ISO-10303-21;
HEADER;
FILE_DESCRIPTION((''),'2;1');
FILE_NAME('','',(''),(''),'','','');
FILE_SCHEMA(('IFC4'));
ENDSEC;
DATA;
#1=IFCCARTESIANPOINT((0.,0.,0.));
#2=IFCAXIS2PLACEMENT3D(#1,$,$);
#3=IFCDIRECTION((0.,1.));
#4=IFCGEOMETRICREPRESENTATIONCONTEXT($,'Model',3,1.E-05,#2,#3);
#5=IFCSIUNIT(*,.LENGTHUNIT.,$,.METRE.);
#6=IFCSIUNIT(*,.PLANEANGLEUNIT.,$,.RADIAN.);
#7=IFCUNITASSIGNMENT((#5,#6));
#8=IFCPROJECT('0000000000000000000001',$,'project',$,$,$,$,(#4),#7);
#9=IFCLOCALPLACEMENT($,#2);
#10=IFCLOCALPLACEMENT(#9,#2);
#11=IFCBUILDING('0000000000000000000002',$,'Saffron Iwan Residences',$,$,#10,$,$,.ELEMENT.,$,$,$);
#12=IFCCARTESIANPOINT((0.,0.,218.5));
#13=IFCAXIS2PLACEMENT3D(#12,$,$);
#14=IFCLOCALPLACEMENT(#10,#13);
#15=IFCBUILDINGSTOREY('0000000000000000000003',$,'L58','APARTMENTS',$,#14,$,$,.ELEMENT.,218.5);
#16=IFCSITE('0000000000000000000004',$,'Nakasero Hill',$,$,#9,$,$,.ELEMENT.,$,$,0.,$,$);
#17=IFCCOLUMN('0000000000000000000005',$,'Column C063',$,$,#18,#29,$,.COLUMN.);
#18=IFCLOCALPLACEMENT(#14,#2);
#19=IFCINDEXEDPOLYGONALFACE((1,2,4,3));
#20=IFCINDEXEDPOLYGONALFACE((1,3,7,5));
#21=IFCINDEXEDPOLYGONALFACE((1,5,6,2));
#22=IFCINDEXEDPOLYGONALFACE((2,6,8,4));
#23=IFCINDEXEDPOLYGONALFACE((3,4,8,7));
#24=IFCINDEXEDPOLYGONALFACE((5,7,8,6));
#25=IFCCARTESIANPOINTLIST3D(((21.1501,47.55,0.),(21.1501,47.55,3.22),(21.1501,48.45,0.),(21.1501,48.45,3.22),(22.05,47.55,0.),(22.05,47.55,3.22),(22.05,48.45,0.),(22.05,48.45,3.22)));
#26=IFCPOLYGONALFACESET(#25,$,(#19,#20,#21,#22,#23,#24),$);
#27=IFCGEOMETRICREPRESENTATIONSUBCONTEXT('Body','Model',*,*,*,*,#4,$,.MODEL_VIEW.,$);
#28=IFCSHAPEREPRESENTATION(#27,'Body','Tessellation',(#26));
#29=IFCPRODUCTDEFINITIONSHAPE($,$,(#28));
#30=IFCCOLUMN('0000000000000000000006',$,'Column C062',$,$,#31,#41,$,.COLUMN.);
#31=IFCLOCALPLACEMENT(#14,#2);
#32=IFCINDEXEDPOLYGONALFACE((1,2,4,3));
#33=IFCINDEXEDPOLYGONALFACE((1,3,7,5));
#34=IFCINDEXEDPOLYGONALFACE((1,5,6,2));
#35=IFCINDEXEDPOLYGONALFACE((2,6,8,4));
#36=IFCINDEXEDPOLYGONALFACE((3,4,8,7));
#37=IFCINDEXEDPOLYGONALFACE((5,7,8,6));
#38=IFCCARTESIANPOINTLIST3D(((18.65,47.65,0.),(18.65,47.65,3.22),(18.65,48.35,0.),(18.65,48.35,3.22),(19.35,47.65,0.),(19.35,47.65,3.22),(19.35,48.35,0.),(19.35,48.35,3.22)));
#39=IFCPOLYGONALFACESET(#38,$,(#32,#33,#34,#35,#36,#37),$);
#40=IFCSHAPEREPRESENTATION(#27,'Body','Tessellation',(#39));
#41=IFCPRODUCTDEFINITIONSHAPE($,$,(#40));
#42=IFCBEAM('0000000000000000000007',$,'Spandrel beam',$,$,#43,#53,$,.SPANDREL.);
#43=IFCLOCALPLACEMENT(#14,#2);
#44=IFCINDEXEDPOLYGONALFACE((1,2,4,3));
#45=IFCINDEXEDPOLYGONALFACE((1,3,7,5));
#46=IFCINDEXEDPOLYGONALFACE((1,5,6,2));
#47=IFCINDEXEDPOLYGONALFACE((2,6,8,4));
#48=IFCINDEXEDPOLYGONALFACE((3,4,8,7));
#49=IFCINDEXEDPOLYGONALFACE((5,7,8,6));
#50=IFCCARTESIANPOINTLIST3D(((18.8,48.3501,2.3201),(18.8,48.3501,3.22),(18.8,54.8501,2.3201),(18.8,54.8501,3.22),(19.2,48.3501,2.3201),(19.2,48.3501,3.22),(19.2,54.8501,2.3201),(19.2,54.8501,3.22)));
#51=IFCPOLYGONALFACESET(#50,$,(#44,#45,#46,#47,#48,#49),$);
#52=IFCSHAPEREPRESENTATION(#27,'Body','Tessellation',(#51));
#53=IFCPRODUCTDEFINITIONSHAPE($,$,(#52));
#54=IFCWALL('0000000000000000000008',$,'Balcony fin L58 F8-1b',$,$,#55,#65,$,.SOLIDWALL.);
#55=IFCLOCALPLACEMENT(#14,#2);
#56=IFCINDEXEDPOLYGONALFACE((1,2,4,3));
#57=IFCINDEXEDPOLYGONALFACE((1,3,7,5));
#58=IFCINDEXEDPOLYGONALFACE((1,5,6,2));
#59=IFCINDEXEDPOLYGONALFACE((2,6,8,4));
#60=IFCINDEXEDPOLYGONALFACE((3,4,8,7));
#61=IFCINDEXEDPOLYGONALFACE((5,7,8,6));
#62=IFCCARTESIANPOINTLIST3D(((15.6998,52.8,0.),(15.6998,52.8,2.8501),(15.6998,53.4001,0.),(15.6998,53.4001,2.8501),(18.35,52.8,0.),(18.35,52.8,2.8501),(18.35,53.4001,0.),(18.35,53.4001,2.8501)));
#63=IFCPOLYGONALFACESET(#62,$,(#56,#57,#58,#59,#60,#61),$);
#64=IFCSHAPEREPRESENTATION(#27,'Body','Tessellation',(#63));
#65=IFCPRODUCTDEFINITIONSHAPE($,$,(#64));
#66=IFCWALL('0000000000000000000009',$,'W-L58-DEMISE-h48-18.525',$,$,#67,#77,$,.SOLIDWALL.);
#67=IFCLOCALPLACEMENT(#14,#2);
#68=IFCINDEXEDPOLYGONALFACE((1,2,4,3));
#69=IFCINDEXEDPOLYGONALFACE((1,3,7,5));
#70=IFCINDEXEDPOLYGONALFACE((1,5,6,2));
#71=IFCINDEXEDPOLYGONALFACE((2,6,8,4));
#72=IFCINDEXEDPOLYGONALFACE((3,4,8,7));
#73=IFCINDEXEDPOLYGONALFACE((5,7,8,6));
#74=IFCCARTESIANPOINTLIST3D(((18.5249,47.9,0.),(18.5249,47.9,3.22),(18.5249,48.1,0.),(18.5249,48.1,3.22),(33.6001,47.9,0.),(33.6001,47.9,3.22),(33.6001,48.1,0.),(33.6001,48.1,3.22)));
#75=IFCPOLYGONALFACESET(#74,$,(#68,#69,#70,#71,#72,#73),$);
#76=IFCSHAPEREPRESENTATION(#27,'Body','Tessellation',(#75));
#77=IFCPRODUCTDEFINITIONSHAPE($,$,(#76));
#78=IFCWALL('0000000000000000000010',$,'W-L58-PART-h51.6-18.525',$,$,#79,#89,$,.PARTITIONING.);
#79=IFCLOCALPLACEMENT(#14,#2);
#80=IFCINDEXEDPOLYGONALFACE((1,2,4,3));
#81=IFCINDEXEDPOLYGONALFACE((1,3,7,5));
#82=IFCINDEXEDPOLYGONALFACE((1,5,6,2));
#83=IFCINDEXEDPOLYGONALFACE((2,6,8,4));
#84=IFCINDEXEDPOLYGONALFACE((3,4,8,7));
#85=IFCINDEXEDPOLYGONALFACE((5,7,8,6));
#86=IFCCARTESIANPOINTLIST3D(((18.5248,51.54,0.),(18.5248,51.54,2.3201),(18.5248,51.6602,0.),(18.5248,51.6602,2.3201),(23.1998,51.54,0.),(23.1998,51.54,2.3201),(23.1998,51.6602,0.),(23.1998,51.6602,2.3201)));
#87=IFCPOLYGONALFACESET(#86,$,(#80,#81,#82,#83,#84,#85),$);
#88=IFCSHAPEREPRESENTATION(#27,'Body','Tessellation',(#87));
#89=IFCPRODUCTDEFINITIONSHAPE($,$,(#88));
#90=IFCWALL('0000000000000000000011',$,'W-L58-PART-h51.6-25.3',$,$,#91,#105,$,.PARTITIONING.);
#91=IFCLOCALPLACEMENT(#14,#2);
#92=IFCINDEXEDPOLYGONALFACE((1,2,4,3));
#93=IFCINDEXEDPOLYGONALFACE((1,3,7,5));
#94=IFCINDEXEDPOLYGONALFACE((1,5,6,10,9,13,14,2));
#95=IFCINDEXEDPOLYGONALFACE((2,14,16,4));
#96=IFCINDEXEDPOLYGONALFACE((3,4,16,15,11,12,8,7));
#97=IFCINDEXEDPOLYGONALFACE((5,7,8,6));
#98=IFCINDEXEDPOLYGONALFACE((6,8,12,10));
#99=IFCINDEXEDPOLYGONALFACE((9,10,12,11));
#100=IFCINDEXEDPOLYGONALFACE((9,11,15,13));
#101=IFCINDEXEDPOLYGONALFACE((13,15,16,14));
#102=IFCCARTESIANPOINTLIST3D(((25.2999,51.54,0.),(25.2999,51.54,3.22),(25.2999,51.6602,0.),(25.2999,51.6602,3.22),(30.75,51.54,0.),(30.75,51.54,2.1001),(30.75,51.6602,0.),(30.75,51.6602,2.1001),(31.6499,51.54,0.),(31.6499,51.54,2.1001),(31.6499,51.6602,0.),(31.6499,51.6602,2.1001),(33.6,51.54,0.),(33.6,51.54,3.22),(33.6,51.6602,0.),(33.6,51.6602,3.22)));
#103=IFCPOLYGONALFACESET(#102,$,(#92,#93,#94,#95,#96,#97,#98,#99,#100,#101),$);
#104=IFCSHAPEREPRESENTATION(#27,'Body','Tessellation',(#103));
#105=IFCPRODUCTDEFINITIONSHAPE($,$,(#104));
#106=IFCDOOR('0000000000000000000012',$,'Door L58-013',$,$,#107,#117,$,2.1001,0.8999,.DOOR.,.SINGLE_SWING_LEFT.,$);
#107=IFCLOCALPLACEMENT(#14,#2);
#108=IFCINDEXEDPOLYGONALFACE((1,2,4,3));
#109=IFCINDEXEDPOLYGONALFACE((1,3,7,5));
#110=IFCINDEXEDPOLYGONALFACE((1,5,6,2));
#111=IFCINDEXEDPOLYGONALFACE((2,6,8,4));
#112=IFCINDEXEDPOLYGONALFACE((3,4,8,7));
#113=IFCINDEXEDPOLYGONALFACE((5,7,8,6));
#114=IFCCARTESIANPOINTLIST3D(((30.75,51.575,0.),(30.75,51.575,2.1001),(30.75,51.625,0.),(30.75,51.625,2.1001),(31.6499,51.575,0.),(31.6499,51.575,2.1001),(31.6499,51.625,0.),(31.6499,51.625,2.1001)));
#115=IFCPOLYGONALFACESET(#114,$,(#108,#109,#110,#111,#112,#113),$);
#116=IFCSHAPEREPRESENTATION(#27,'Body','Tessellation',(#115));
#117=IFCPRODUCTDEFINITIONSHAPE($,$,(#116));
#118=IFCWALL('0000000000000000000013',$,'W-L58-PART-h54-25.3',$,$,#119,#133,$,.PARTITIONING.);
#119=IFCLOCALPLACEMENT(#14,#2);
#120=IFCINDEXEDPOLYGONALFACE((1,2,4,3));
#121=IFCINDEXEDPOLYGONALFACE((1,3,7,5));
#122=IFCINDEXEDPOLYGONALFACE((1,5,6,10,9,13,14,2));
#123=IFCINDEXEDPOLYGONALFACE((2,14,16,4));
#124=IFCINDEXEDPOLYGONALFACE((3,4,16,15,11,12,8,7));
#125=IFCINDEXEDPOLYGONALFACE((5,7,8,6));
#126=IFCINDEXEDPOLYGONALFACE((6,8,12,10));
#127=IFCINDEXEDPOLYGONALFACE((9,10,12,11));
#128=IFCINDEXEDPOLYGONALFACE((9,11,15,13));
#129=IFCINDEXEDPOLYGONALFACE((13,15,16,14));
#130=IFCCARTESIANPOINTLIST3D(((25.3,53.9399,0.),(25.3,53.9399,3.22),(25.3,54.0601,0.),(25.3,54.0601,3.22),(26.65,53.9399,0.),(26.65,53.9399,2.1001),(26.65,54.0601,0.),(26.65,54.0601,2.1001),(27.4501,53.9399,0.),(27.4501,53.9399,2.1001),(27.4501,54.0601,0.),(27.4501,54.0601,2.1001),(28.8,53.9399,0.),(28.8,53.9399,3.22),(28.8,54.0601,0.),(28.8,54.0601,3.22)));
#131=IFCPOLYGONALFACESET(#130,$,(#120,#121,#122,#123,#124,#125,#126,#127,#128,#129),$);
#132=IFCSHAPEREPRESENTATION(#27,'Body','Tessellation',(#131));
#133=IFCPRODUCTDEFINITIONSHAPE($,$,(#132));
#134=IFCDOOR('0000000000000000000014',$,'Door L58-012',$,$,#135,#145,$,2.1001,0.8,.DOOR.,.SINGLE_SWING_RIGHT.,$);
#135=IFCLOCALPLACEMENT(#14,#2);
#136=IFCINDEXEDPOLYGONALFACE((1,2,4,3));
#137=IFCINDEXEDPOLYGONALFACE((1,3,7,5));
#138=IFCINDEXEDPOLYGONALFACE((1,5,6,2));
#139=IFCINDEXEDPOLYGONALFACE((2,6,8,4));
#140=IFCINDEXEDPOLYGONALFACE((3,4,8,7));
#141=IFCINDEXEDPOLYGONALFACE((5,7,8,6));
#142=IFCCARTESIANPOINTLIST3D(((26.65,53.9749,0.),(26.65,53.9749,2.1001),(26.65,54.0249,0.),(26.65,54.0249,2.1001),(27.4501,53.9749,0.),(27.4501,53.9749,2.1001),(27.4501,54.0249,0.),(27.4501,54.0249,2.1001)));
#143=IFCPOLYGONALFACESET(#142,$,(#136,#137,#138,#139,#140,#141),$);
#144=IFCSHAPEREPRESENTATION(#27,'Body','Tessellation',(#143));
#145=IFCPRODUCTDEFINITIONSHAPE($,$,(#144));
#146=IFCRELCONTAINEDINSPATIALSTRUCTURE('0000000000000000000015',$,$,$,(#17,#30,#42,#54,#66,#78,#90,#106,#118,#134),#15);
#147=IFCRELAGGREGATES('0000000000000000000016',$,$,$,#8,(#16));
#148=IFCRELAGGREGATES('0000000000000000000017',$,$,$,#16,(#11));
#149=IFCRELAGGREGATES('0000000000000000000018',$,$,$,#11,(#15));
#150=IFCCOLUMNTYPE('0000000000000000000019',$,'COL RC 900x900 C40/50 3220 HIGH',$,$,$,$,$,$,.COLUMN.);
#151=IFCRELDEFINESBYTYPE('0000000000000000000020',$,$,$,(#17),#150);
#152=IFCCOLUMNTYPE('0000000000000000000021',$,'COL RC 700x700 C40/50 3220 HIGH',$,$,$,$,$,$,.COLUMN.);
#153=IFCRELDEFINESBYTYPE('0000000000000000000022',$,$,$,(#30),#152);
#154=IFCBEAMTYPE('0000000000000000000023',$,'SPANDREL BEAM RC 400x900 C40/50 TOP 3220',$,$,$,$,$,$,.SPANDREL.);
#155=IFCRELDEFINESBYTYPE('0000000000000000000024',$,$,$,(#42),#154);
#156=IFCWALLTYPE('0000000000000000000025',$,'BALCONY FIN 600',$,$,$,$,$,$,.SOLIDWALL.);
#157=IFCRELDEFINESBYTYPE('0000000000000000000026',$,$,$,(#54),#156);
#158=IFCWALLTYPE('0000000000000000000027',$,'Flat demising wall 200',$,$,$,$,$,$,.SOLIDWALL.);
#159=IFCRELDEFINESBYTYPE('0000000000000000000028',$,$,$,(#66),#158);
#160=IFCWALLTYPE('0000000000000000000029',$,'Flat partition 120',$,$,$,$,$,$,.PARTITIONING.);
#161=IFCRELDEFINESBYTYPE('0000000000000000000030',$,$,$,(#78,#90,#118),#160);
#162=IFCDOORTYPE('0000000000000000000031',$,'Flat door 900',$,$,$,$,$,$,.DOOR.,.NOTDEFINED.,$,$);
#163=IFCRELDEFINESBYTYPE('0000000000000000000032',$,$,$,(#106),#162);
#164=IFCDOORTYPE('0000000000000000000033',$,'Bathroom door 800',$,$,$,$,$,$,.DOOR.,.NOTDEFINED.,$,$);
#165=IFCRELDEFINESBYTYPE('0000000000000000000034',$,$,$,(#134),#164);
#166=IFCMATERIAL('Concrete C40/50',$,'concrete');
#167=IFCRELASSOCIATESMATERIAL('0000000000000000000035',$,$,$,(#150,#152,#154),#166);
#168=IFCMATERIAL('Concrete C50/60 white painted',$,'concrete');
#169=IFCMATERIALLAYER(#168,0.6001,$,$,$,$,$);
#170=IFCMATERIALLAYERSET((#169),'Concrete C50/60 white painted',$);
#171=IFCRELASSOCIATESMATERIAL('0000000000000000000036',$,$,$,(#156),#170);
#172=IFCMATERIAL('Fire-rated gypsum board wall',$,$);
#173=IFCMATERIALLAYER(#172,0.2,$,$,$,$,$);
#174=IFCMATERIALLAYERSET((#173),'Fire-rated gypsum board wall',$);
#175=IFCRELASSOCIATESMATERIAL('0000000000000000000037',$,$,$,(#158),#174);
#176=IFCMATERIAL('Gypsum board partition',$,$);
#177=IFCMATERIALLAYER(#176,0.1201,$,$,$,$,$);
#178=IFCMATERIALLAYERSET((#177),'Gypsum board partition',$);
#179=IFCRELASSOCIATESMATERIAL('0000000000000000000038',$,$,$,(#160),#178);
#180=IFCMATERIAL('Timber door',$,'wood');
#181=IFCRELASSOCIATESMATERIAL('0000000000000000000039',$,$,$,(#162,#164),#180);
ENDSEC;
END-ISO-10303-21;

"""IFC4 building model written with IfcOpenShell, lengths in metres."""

from ifc_helpers import new_model, si_unit, direction, frame, frame_2d, origin, origin_2d, place, context, subcontext, project, spatial, rectangle, extrude, source, transform, mapped, material, layer, layer_set, material_profile, profile_set, type_object, element, fill, save


model = new_model("IFC4")

# Units and contexts
model_context = context("Model", 3, precision=1e-05, world=origin(), true_north=direction((0.0, 1.0)))
body_context = subcontext(model_context, "Body", "Model", "MODEL_VIEW")
ifc_project = project(units=[si_unit("LENGTHUNIT", "METRE"), si_unit("PLANEANGLEUNIT", "RADIAN")], contexts=[model_context])

# Site, building, storey
site_placement = place(None, origin())
site = spatial("IfcSite", under=ifc_project, at=site_placement, Name="Nakasero Hill", CompositionType="ELEMENT", RefElevation=0.0)
building_placement = place(site_placement, origin())
building = spatial("IfcBuilding", under=site, at=building_placement, Name="Saffron Iwan Residences", CompositionType="ELEMENT")
storey_placement = place(building_placement, frame((0.0, 0.0, 218.5)))
storey = spatial("IfcBuildingStorey", under=building, at=storey_placement, Name="L58", Description="APARTMENTS", CompositionType="ELEMENT", Elevation=218.5)

# Columns
ifc_material_1 = material(Name="Concrete C40/50", Category="concrete")
ifc_material_profile_1 = material_profile(ifc_material_1, rectangle(XDim=0.8999, YDim=0.8999, at=origin_2d()), Name="RC 900x900")
ifc_profile_set_1 = profile_set([ifc_material_profile_1], Name="Concrete C40/50")
column_type_1 = type_object("IfcColumnType", Name="COL RC 900x900 C40/50 3220 HIGH", PredefinedType="COLUMN", material=ifc_profile_set_1)
shared_shape_1 = source(origin(), body_context, "Body", "SweptSolid", [
    extrude(rectangle(XDim=0.8999, YDim=0.8999, at=origin_2d()), origin(), (0.0, 0.0, 1.0), 3.22),
])
column_1_placement = place(storey_placement, frame((21.6001, 48.0, 0.0), z_axis=(0.0, 0.0, 1.0), x_axis=(1.0, 0.0, 0.0)))
element("IfcColumn", 1, at=column_1_placement, inside=storey, type_object=column_type_1, Name="Column C063", PredefinedType="COLUMN", context=body_context, shape_type="MappedRepresentation", body=[
    mapped(shared_shape_1, transform((0.0, 0.0, 0.0))),
])
ifc_material_profile_2 = material_profile(ifc_material_1, rectangle(XDim=0.7, YDim=0.7, at=origin_2d()), Name="RC 700x700")
ifc_profile_set_2 = profile_set([ifc_material_profile_2], Name="Concrete C40/50")
column_type_2 = type_object("IfcColumnType", Name="COL RC 700x700 C40/50 3220 HIGH", PredefinedType="COLUMN", material=ifc_profile_set_2)
shared_shape_2 = source(origin(), body_context, "Body", "SweptSolid", [
    extrude(rectangle(XDim=0.7, YDim=0.7, at=origin_2d()), origin(), (0.0, 0.0, 1.0), 3.22),
])
column_2_placement = place(storey_placement, frame((19.0, 48.0, 0.0), z_axis=(0.0, 0.0, 1.0), x_axis=(1.0, 0.0, 0.0)))
element("IfcColumn", 2, at=column_2_placement, inside=storey, type_object=column_type_2, Name="Column C062", PredefinedType="COLUMN", context=body_context, shape_type="MappedRepresentation", body=[
    mapped(shared_shape_2, transform((0.0, 0.0, 0.0))),
])

# Beam
ifc_material_profile_3 = material_profile(ifc_material_1, rectangle(XDim=0.3999, YDim=0.8999, at=origin_2d()), Name="RC 400x900")
ifc_profile_set_3 = profile_set([ifc_material_profile_3], Name="Concrete C40/50")
beam_type = type_object("IfcBeamType", Name="SPANDREL BEAM RC 400x900 C40/50 TOP 3220", PredefinedType="SPANDREL", material=ifc_profile_set_3)
shared_shape_3 = source(origin(), body_context, "Body", "SweptSolid", [
    extrude(rectangle(XDim=0.3999, YDim=0.8999, at=origin_2d()), origin(), (0.0, 0.0, 1.0), 6.5),
])
beam_placement = place(storey_placement, frame((19.0, 48.3501, 2.77), z_axis=(0.0, 1.0, 0.0), x_axis=(-1.0, 0.0, 0.0)))
element("IfcBeam", 3, at=beam_placement, inside=storey, type_object=beam_type, Name="Spandrel beam", PredefinedType="SPANDREL", context=body_context, shape_type="MappedRepresentation", body=[
    mapped(shared_shape_3, transform((0.0, 0.0, 0.0))),
])

# Walls
ifc_material_2 = material(Name="Concrete C50/60 white painted", Category="concrete")
ifc_layer_1 = layer(ifc_material_2, 0.6001)
ifc_layer_set_1 = layer_set([ifc_layer_1], Name="Concrete C50/60 white painted")
wall_type_1 = type_object("IfcWallType", Name="BALCONY FIN 600", PredefinedType="SOLIDWALL", material=ifc_layer_set_1)
wall_1_placement = place(storey_placement, frame((18.3501, 53.1001, 0.0), z_axis=(0.0, 0.0, 1.0), x_axis=(-1.0, 0.0, 0.0)))
element("IfcWall", 4, at=wall_1_placement, inside=storey, type_object=wall_type_1, Name="Balcony fin L58 F8-1b", PredefinedType="SOLIDWALL", context=body_context, shape_type="SweptSolid", body=[
    extrude(rectangle(XDim=2.6501, YDim=0.6001, at=frame_2d((1.3252, 0.0))), origin(), (0.0, 0.0, 1.0), 2.8501),
])
ifc_material_3 = material(Name="Fire-rated gypsum board wall")
ifc_layer_2 = layer(ifc_material_3, 0.2)
ifc_layer_set_2 = layer_set([ifc_layer_2], Name="Fire-rated gypsum board wall")
wall_type_2 = type_object("IfcWallType", Name="Flat demising wall 200", PredefinedType="SOLIDWALL", material=ifc_layer_set_2)
wall_2_placement = place(storey_placement, frame((18.5249, 48.0, 0.0), z_axis=(0.0, 0.0, 1.0), x_axis=(1.0, 0.0, 0.0)))
element("IfcWall", 5, at=wall_2_placement, inside=storey, type_object=wall_type_2, Name="W-L58-DEMISE-h48-18.525", PredefinedType="SOLIDWALL", context=body_context, shape_type="SweptSolid", body=[
    extrude(rectangle(XDim=15.0752, YDim=0.2, at=frame_2d((7.5376, 0.0))), origin(), (0.0, 0.0, 1.0), 3.22),
])
ifc_material_4 = material(Name="Gypsum board partition")
ifc_layer_3 = layer(ifc_material_4, 0.1201)
ifc_layer_set_3 = layer_set([ifc_layer_3], Name="Gypsum board partition")
wall_type_3 = type_object("IfcWallType", Name="Flat partition 120", PredefinedType="PARTITIONING", material=ifc_layer_set_3)
wall_3_placement = place(storey_placement, frame((18.5249, 51.6001, 0.0), z_axis=(0.0, 0.0, 1.0), x_axis=(1.0, 0.0, 0.0)))
element("IfcWall", 6, at=wall_3_placement, inside=storey, type_object=wall_type_3, Name="W-L58-PART-h51.6-18.525", PredefinedType="PARTITIONING", context=body_context, shape_type="SweptSolid", body=[
    extrude(rectangle(XDim=4.675, YDim=0.1201, at=frame_2d((2.3374, 0.0))), origin(), (0.0, 0.0, 1.0), 2.3201),
])

# Walls, openings, doors
wall_4_placement = place(storey_placement, frame((25.3, 51.6001, 0.0), z_axis=(0.0, 0.0, 1.0), x_axis=(1.0, 0.0, 0.0)))
wall_4 = element("IfcWall", 7, at=wall_4_placement, inside=storey, type_object=wall_type_3, Name="W-L58-PART-h51.6-25.3", PredefinedType="PARTITIONING", context=body_context, shape_type="SweptSolid", body=[
    extrude(rectangle(XDim=8.3, YDim=0.1201, at=frame_2d((4.1499, 0.0))), origin(), (0.0, 0.0, 1.0), 3.22),
])
opening_1_placement = place(wall_4_placement, frame((5.45, 0.0, 0.0)))
opening_1 = element("IfcOpeningElement", 8, at=opening_1_placement, cuts=wall_4, PredefinedType="OPENING", context=body_context, shape_type="SweptSolid", body=[
    extrude(rectangle(XDim=0.8999, YDim=2.1001, at=frame_2d((0.45, 1.05))), frame((0.0, 0.0701, 0.0), z_axis=(0.0, -1.0, 0.0), x_axis=(1.0, 0.0, 0.0)), (0.0, 0.0, 1.0), 0.1401),
])
ifc_material_5 = material(Name="Timber door", Category="wood")
door_type_1 = type_object("IfcDoorType", Name="Flat door 900", OperationType="NOTDEFINED", PredefinedType="DOOR", material=ifc_material_5)
door_1_placement = place(opening_1_placement, origin())
door_1 = element("IfcDoor", 9, at=door_1_placement, inside=storey, type_object=door_type_1, Name="Door L58-013", OperationType="SINGLE_SWING_LEFT", OverallHeight=2.1001, OverallWidth=0.8999, PredefinedType="DOOR", context=body_context, shape_type="SweptSolid", body=[
    extrude(rectangle(XDim=0.8999, YDim=2.1001, at=frame_2d((0.45, 1.05))), frame((0.0, 0.0249, 0.0), z_axis=(0.0, -1.0, 0.0), x_axis=(1.0, 0.0, 0.0)), (0.0, 0.0, 1.0), 0.05),
])
fill(opening_1, door_1)
wall_5_placement = place(storey_placement, frame((25.3, 54.0, 0.0), z_axis=(0.0, 0.0, 1.0), x_axis=(1.0, 0.0, 0.0)))
wall_5 = element("IfcWall", 10, at=wall_5_placement, inside=storey, type_object=wall_type_3, Name="W-L58-PART-h54-25.3", PredefinedType="PARTITIONING", context=body_context, shape_type="SweptSolid", body=[
    extrude(rectangle(XDim=3.5, YDim=0.1201, at=frame_2d((1.75, 0.0))), origin(), (0.0, 0.0, 1.0), 3.22),
])
opening_2_placement = place(wall_5_placement, frame((1.3501, 0.0, 0.0)))
opening_2 = element("IfcOpeningElement", 11, at=opening_2_placement, cuts=wall_5, PredefinedType="OPENING", context=body_context, shape_type="SweptSolid", body=[
    extrude(rectangle(XDim=0.8, YDim=2.1001, at=frame_2d((0.3999, 1.05))), frame((0.0, 0.0701, 0.0), z_axis=(0.0, -1.0, 0.0), x_axis=(1.0, 0.0, 0.0)), (0.0, 0.0, 1.0), 0.1401),
])
door_type_2 = type_object("IfcDoorType", Name="Bathroom door 800", OperationType="NOTDEFINED", PredefinedType="DOOR", material=ifc_material_5)
door_2_placement = place(opening_2_placement, origin())
door_2 = element("IfcDoor", 12, at=door_2_placement, inside=storey, type_object=door_type_2, Name="Door L58-012", OperationType="SINGLE_SWING_RIGHT", OverallHeight=2.1001, OverallWidth=0.8, PredefinedType="DOOR", context=body_context, shape_type="SweptSolid", body=[
    extrude(rectangle(XDim=0.8, YDim=2.1001, at=frame_2d((0.3999, 1.05))), frame((0.0, 0.0249, 0.0), z_axis=(0.0, -1.0, 0.0), x_axis=(1.0, 0.0, 0.0)), (0.0, 0.0, 1.0), 0.05),
])
fill(opening_2, door_2)

save(model, "model.ifc")
